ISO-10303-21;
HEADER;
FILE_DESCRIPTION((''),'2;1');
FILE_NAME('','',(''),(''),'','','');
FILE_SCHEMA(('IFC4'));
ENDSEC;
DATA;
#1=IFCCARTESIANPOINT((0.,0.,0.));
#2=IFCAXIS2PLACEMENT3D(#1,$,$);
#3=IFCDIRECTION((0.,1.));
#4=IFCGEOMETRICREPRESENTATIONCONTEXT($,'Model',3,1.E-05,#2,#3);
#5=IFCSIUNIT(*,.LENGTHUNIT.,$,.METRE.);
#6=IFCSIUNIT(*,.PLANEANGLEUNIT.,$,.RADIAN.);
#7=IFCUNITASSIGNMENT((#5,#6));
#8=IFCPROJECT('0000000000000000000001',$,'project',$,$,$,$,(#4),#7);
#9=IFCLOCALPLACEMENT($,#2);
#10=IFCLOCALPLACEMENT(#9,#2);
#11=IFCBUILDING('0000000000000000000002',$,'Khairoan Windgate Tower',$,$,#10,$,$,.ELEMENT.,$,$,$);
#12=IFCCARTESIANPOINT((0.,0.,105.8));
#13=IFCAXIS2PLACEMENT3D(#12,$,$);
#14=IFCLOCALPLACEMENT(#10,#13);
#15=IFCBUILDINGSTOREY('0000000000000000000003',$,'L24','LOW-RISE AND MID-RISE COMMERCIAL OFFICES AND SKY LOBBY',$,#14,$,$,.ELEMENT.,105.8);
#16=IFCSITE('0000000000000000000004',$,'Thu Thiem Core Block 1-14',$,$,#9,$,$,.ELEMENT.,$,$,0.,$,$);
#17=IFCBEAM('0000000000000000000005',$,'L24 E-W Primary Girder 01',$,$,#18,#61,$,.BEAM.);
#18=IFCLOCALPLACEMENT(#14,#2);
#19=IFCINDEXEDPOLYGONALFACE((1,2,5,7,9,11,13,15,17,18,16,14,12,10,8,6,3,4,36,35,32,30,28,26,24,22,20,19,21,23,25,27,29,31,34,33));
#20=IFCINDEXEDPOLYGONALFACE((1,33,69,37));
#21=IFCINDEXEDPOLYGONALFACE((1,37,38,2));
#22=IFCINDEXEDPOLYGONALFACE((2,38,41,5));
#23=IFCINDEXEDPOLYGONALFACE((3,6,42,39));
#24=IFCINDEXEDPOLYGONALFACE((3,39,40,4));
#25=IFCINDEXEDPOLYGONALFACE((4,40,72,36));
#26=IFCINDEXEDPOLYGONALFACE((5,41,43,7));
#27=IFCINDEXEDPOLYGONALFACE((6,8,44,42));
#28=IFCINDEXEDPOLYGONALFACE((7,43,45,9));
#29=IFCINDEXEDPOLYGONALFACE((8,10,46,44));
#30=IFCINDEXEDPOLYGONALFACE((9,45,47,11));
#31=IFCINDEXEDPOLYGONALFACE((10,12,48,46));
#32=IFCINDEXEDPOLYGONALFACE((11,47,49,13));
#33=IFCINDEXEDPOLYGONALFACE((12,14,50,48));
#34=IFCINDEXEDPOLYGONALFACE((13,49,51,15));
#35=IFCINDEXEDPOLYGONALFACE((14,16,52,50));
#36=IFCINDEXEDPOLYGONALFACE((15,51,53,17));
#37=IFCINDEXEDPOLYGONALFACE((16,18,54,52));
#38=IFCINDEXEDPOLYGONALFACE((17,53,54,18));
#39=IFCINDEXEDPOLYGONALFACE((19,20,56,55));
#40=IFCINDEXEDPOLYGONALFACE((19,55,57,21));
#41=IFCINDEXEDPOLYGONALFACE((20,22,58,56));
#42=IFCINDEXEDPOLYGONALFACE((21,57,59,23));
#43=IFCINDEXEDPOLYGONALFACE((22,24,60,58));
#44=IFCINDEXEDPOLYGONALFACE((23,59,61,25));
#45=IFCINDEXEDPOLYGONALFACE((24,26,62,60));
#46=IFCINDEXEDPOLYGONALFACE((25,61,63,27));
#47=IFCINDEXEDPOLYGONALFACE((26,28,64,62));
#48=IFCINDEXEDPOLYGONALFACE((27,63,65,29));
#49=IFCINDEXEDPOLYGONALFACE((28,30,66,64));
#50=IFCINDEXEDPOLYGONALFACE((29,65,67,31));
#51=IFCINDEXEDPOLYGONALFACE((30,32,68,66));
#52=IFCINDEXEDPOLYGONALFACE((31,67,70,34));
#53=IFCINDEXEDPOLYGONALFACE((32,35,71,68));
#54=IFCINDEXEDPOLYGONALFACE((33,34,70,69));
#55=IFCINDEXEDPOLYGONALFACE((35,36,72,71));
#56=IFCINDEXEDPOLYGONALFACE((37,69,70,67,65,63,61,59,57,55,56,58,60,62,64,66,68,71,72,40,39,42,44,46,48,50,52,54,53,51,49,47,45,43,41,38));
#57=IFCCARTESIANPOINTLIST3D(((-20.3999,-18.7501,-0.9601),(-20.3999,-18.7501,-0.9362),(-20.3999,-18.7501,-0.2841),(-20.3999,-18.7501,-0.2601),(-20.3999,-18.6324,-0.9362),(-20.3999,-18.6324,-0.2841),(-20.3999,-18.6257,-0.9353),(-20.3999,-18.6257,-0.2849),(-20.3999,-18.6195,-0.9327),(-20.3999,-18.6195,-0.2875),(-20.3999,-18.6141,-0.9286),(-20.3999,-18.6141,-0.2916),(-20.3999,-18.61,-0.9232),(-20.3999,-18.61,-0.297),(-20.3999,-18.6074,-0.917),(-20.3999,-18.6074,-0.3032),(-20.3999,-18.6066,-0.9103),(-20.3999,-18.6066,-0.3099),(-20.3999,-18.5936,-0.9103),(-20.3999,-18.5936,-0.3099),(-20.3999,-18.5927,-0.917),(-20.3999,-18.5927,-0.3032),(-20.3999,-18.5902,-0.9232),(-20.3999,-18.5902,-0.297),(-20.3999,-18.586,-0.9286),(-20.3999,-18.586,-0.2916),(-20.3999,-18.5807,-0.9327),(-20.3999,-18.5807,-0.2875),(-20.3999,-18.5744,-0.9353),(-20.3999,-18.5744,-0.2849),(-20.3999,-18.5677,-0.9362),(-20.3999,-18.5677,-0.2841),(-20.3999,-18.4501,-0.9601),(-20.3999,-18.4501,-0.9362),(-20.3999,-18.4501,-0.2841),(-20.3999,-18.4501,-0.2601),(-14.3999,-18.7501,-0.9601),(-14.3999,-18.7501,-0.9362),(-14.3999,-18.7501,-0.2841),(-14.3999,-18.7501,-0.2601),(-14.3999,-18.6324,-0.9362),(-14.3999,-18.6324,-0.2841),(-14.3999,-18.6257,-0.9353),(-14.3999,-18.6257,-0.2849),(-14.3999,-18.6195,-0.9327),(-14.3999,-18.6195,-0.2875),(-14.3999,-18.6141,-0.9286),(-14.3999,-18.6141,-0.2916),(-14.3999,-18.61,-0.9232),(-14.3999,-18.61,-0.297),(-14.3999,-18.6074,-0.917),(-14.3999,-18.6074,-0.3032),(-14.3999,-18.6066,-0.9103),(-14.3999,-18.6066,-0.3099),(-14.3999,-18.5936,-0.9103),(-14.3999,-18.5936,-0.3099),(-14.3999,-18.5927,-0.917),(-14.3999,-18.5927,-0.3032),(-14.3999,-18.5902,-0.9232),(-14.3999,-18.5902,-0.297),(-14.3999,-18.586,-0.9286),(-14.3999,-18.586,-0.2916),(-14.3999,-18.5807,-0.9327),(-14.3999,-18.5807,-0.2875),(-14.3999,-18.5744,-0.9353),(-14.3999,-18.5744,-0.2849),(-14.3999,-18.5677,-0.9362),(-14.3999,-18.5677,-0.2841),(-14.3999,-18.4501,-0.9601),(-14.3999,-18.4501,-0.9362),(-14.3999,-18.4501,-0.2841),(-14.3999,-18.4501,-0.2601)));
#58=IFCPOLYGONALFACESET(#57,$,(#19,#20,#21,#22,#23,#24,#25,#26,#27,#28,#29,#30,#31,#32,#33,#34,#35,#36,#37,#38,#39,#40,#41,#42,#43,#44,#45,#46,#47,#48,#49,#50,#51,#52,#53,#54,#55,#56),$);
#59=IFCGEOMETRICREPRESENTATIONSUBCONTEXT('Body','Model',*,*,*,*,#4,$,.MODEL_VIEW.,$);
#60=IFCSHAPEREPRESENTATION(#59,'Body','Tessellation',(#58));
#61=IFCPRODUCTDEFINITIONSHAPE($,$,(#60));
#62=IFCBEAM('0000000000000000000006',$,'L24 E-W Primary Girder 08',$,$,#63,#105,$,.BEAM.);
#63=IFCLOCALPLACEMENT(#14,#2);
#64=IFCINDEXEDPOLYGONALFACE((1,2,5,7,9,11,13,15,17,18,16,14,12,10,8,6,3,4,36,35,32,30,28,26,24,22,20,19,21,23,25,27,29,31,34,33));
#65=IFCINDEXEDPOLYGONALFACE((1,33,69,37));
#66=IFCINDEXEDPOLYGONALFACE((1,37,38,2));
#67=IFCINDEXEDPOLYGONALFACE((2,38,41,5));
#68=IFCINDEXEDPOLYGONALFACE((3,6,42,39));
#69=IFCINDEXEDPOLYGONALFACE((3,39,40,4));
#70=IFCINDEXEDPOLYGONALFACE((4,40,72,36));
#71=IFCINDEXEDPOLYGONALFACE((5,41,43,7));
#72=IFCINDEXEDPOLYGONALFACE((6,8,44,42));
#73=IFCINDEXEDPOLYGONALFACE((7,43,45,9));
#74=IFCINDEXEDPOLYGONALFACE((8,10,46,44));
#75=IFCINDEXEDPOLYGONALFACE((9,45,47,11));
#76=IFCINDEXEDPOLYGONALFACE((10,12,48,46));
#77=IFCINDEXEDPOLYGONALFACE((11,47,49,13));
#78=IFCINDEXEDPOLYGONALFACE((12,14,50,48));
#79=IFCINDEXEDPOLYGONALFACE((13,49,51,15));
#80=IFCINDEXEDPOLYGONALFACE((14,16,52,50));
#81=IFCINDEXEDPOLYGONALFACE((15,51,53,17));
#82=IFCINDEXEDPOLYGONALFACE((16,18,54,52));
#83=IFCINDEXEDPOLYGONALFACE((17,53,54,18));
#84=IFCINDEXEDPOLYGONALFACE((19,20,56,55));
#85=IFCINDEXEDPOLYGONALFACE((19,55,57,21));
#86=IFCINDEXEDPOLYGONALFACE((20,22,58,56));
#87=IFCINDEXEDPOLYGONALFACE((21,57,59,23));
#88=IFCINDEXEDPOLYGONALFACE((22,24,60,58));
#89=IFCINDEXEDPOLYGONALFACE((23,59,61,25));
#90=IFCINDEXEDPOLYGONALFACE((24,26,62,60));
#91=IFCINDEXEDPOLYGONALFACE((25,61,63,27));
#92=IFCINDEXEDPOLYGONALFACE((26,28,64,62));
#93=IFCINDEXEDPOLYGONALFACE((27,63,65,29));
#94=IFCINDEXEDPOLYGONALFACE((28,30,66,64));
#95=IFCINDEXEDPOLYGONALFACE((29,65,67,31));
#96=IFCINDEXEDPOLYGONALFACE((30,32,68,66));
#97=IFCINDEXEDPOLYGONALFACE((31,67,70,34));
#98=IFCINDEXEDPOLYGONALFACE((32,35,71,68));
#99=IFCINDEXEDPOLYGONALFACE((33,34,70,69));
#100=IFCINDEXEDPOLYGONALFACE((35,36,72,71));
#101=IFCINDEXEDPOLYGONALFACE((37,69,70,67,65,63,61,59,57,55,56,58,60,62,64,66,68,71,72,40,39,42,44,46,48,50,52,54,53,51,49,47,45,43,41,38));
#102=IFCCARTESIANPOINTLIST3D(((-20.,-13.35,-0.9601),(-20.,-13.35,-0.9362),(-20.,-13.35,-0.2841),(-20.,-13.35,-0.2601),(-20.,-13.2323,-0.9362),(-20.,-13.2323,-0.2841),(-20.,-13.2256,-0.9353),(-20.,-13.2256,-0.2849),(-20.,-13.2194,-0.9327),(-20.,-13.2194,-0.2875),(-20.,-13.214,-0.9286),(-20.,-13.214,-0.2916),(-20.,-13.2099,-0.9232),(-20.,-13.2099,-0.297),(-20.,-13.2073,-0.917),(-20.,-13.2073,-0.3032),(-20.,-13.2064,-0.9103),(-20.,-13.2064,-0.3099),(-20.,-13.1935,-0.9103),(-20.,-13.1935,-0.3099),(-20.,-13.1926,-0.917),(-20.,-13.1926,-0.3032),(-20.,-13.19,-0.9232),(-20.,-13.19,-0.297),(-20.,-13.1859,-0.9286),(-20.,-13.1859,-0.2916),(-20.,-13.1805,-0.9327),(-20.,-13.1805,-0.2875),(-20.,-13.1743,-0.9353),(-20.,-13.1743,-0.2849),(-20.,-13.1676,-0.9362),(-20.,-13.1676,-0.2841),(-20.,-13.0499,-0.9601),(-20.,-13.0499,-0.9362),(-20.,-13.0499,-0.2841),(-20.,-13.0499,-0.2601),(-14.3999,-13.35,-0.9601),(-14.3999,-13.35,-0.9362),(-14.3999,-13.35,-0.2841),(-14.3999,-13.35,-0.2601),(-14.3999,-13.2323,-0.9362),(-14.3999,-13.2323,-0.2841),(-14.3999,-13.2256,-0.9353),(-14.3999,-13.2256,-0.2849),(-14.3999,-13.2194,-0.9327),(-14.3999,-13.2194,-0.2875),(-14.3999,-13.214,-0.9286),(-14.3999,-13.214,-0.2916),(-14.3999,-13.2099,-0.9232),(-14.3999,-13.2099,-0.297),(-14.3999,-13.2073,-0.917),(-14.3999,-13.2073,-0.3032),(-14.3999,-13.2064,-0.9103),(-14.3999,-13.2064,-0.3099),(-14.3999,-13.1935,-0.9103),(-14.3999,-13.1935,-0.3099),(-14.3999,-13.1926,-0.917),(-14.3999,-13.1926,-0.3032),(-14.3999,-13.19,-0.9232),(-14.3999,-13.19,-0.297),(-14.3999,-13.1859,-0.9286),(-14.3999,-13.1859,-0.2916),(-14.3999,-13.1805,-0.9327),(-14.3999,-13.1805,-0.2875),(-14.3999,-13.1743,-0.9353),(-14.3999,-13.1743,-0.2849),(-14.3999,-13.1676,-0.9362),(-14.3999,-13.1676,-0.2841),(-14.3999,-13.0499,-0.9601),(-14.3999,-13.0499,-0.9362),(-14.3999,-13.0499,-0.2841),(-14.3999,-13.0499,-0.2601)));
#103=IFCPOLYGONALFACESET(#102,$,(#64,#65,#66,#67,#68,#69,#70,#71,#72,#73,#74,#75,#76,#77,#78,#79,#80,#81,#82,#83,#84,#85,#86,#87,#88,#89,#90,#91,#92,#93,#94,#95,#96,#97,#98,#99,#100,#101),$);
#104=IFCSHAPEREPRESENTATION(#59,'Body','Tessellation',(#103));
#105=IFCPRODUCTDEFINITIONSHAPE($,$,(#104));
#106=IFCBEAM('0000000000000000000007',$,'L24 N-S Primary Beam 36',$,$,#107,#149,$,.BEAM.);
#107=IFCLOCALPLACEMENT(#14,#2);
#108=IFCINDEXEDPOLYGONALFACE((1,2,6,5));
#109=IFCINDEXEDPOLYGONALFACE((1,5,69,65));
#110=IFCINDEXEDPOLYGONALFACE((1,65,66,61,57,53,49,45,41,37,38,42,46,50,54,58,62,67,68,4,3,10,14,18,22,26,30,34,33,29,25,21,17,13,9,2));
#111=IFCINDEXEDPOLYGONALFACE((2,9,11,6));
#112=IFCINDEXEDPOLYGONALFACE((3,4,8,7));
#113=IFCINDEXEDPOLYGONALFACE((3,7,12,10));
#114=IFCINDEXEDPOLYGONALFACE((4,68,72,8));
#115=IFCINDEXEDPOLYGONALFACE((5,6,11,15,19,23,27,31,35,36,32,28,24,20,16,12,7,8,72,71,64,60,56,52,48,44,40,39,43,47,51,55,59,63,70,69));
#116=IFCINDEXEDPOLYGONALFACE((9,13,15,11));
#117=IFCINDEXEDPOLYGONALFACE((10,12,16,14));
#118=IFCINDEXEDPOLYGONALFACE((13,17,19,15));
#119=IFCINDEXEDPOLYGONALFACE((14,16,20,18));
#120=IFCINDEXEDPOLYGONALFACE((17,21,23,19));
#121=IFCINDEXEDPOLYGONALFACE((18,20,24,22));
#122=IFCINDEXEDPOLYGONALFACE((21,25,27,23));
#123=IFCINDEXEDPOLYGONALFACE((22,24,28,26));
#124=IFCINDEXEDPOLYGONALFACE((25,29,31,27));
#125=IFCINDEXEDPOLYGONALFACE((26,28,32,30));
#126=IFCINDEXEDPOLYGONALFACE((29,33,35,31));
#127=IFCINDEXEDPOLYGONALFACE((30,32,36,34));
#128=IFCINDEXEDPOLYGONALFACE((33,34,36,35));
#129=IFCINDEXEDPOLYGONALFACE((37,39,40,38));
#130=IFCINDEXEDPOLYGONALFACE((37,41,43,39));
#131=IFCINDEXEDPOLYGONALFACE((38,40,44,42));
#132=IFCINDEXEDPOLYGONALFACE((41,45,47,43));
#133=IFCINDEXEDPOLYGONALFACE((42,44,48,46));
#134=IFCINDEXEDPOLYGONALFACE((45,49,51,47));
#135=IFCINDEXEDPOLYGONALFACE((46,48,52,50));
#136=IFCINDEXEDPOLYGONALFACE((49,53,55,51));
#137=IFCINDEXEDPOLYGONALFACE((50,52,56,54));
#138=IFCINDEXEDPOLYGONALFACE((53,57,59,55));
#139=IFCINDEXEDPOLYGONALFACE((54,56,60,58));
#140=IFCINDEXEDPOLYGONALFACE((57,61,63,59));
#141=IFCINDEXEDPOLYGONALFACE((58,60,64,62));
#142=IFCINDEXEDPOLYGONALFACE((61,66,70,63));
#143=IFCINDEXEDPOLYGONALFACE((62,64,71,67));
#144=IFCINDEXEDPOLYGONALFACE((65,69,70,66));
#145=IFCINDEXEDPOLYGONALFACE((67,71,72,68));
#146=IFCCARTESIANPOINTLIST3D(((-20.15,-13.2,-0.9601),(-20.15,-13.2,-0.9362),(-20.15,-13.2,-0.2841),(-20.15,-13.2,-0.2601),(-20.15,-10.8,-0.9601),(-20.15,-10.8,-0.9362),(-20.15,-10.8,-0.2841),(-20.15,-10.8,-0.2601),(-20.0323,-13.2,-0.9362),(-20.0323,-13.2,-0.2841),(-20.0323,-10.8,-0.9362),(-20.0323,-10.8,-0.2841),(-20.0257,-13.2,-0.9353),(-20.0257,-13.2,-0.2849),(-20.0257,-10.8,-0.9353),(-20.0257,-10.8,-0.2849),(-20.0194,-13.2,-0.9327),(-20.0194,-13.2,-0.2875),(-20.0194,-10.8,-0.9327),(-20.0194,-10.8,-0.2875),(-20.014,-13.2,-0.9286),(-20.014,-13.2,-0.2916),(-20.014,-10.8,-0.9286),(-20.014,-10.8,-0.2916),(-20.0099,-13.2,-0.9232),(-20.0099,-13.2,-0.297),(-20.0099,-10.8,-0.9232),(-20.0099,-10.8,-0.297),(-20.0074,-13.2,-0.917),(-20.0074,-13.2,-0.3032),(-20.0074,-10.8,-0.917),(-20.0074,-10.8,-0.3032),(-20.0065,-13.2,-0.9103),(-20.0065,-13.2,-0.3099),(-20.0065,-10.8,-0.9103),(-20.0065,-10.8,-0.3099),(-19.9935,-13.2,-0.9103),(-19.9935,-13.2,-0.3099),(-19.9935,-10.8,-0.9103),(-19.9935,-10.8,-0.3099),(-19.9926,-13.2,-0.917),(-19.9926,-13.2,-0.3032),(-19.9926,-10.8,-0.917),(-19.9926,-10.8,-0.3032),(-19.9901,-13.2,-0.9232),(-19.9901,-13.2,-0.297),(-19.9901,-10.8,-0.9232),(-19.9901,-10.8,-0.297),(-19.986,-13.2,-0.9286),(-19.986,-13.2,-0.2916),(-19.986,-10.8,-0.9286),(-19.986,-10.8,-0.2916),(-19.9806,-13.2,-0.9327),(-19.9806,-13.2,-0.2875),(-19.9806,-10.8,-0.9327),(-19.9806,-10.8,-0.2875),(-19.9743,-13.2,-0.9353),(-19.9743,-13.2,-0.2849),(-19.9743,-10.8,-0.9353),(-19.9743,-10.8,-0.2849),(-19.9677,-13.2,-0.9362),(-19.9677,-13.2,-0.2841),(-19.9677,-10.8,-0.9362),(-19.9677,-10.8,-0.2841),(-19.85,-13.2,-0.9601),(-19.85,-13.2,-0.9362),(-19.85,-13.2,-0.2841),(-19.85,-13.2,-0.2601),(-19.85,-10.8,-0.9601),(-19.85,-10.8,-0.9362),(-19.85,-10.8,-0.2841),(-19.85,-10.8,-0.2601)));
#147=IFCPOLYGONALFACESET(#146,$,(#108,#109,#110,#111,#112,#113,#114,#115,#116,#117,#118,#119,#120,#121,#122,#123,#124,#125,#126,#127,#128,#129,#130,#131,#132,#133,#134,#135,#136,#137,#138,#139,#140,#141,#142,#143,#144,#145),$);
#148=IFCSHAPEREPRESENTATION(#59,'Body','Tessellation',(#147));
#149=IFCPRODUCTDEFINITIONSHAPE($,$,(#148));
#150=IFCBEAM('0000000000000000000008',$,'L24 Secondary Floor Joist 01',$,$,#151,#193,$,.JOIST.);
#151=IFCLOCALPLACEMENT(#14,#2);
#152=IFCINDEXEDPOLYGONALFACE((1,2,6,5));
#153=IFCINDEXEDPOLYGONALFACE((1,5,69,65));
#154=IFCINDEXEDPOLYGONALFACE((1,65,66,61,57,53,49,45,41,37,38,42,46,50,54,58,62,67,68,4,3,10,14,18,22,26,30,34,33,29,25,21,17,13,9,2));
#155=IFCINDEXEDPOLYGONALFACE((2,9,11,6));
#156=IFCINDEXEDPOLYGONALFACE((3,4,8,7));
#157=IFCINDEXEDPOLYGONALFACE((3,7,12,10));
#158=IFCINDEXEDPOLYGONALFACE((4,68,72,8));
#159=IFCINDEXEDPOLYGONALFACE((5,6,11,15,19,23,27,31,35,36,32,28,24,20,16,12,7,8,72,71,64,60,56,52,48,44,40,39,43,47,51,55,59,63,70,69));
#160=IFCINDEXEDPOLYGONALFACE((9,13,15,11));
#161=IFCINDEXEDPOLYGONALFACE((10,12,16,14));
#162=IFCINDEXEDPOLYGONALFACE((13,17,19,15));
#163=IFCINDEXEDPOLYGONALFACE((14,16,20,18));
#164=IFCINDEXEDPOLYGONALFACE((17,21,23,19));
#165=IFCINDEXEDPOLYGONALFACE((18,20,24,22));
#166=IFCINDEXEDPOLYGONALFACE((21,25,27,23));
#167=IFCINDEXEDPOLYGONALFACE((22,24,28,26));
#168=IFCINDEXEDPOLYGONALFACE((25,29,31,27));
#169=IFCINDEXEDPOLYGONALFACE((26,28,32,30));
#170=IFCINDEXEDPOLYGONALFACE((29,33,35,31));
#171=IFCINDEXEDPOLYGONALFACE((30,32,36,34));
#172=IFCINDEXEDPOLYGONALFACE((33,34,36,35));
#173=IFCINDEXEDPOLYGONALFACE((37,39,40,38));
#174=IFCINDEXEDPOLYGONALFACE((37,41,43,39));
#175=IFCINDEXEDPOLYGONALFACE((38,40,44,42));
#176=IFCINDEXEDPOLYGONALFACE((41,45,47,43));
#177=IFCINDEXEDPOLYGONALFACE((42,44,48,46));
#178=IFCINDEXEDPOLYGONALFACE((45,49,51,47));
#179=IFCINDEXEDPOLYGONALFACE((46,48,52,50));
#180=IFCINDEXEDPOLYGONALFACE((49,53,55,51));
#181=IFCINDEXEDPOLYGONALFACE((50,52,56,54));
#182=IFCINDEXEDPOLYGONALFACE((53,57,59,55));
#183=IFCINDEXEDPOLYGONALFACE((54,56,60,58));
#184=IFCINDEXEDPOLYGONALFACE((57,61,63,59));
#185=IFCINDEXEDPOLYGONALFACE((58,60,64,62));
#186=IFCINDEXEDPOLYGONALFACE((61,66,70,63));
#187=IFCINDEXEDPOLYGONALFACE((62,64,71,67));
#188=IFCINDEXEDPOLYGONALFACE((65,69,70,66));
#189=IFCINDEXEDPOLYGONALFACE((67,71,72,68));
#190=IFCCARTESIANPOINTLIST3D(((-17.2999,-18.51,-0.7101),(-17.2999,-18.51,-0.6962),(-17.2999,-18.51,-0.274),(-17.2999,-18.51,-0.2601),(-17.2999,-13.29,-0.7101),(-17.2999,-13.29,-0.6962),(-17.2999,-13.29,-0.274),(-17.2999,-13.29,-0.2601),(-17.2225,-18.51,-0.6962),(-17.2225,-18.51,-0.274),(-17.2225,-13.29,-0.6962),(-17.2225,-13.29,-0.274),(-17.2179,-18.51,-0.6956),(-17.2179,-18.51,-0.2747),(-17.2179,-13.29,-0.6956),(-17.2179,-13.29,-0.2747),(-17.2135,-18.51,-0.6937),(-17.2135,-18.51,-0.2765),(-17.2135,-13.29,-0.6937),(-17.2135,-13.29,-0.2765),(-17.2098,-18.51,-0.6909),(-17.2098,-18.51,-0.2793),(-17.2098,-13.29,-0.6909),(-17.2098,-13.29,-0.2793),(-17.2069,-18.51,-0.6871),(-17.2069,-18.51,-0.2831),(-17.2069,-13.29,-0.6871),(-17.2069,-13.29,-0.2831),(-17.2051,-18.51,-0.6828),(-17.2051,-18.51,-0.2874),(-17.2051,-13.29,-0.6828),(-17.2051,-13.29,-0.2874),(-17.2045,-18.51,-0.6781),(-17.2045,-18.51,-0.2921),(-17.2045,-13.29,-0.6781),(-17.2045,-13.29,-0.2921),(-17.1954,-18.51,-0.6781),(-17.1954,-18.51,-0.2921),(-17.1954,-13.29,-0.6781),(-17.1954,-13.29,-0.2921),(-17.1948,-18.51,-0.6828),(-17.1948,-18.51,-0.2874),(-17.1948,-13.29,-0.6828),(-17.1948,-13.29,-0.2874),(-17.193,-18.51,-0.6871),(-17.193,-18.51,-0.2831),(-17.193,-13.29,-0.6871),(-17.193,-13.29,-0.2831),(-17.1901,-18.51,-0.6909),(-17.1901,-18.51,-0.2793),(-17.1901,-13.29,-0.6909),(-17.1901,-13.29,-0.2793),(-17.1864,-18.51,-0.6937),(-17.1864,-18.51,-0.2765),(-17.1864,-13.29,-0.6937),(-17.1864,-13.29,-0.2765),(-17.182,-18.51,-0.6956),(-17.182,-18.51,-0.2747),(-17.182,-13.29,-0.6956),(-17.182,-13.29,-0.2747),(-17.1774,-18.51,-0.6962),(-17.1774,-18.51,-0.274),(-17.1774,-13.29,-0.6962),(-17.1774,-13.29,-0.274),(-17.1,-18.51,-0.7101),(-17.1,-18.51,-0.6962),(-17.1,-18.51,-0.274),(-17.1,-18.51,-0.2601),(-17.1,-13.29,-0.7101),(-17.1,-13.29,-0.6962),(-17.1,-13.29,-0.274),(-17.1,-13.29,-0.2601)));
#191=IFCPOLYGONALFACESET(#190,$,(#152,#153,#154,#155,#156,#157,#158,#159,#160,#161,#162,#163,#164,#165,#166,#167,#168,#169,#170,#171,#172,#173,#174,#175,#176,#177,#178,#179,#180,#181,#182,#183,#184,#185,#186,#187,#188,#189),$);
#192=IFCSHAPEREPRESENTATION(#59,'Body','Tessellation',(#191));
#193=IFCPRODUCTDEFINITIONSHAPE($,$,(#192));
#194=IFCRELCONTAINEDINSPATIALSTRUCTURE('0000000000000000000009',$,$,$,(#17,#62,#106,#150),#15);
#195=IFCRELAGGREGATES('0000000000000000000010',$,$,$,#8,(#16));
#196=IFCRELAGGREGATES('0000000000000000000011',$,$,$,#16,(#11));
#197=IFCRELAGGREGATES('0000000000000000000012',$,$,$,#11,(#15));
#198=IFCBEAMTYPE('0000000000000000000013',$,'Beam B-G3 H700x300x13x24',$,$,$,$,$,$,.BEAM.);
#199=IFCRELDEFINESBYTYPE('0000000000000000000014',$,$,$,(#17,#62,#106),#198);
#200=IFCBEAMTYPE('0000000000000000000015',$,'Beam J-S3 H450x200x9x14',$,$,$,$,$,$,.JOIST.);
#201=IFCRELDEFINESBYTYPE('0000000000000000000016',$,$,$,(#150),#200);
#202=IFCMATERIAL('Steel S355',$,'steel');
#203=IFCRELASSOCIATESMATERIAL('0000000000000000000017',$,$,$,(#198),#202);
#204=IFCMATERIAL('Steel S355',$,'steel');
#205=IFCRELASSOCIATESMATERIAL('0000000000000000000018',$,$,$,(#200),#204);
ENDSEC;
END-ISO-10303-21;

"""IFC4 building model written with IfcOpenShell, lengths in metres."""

from ifc_helpers import new_model, si_unit, direction, frame, origin, origin_2d, place, context, subcontext, project, spatial, i_section, extrude, material, material_profile, profile_set, type_object, element, save


model = new_model("IFC4")

# Units and contexts
model_context = context("Model", 3, precision=1e-05, world=origin(), true_north=direction((0.0, 1.0)))
body_context = subcontext(model_context, "Body", "Model", "MODEL_VIEW")
ifc_project = project(units=[si_unit("LENGTHUNIT", "METRE"), si_unit("PLANEANGLEUNIT", "RADIAN")], contexts=[model_context])

# Site, building, storey
site_placement = place(None, origin())
site = spatial("IfcSite", under=ifc_project, at=site_placement, Name="Thu Thiem Core Block 1-14", CompositionType="ELEMENT", RefElevation=0.0)
building_placement = place(site_placement, origin())
building = spatial("IfcBuilding", under=site, at=building_placement, Name="Khairoan Windgate Tower", CompositionType="ELEMENT")
storey_placement = place(building_placement, frame((0.0, 0.0, 105.8)))
storey = spatial("IfcBuildingStorey", under=building, at=storey_placement, Name="L24", Description="LOW-RISE AND MID-RISE COMMERCIAL OFFICES AND SKY LOBBY", CompositionType="ELEMENT", Elevation=105.8)

# Beams
ifc_material_1 = material(Name="Steel S355", Category="steel")
ifc_material_profile_1 = material_profile(ifc_material_1, i_section(OverallWidth=0.3, OverallDepth=0.7, WebThickness=0.0129, FlangeThickness=0.0239, FilletRadius=0.0259, at=origin_2d()))
ifc_profile_set_1 = profile_set([ifc_material_profile_1], Name="Steel S355")
beam_type_1 = type_object("IfcBeamType", Name="Beam B-G3 H700x300x13x24", PredefinedType="BEAM", material=ifc_profile_set_1)
beam_1_placement = place(storey_placement, frame((-20.3999, -18.6001, -0.6101), z_axis=(1.0, 0.0, 0.0), x_axis=(0.0, 1.0, 0.0)))
element("IfcBeam", 1, at=beam_1_placement, inside=storey, type_object=beam_type_1, Name="L24 E-W Primary Girder 01", PredefinedType="BEAM", context=body_context, shape_type="SweptSolid", body=[
    extrude(i_section(OverallWidth=0.3, OverallDepth=0.7, WebThickness=0.0129, FlangeThickness=0.0239, FilletRadius=0.0259, at=origin_2d()), origin(), (0.0, 0.0, 1.0), 6.0),
])
beam_2_placement = place(storey_placement, frame((-20.0, -13.2, -0.6101), z_axis=(1.0, 0.0, 0.0), x_axis=(0.0, 1.0, 0.0)))
element("IfcBeam", 2, at=beam_2_placement, inside=storey, type_object=beam_type_1, Name="L24 E-W Primary Girder 08", PredefinedType="BEAM", context=body_context, shape_type="SweptSolid", body=[
    extrude(i_section(OverallWidth=0.3, OverallDepth=0.7, WebThickness=0.0129, FlangeThickness=0.0239, FilletRadius=0.0259, at=origin_2d()), origin(), (0.0, 0.0, 1.0), 5.6001),
])
beam_3_placement = place(storey_placement, frame((-20.0, -13.2, -0.6101), z_axis=(0.0, 1.0, 0.0), x_axis=(-1.0, 0.0, 0.0)))
element("IfcBeam", 3, at=beam_3_placement, inside=storey, type_object=beam_type_1, Name="L24 N-S Primary Beam 36", PredefinedType="BEAM", context=body_context, shape_type="SweptSolid", body=[
    extrude(i_section(OverallWidth=0.3, OverallDepth=0.7, WebThickness=0.0129, FlangeThickness=0.0239, FilletRadius=0.0259, at=origin_2d()), origin(), (0.0, 0.0, 1.0), 2.3999),
])
ifc_material_2 = material(Name="Steel S355", Category="steel")
ifc_material_profile_2 = material_profile(ifc_material_2, i_section(OverallWidth=0.2, OverallDepth=0.45, WebThickness=0.009, FlangeThickness=0.0139, FilletRadius=0.0181, at=origin_2d()))
ifc_profile_set_2 = profile_set([ifc_material_profile_2], Name="Steel S355")
beam_type_2 = type_object("IfcBeamType", Name="Beam J-S3 H450x200x9x14", PredefinedType="JOIST", material=ifc_profile_set_2)
beam_4_placement = place(storey_placement, frame((-17.2, -18.51, -0.4851), z_axis=(0.0, 1.0, 0.0), x_axis=(-1.0, 0.0, 0.0)))
element("IfcBeam", 4, at=beam_4_placement, inside=storey, type_object=beam_type_2, Name="L24 Secondary Floor Joist 01", PredefinedType="JOIST", context=body_context, shape_type="SweptSolid", body=[
    extrude(i_section(OverallWidth=0.2, OverallDepth=0.45, WebThickness=0.009, FlangeThickness=0.0139, FilletRadius=0.0181, at=origin_2d()), origin(), (0.0, 0.0, 1.0), 5.22),
])

save(model, "model.ifc")
